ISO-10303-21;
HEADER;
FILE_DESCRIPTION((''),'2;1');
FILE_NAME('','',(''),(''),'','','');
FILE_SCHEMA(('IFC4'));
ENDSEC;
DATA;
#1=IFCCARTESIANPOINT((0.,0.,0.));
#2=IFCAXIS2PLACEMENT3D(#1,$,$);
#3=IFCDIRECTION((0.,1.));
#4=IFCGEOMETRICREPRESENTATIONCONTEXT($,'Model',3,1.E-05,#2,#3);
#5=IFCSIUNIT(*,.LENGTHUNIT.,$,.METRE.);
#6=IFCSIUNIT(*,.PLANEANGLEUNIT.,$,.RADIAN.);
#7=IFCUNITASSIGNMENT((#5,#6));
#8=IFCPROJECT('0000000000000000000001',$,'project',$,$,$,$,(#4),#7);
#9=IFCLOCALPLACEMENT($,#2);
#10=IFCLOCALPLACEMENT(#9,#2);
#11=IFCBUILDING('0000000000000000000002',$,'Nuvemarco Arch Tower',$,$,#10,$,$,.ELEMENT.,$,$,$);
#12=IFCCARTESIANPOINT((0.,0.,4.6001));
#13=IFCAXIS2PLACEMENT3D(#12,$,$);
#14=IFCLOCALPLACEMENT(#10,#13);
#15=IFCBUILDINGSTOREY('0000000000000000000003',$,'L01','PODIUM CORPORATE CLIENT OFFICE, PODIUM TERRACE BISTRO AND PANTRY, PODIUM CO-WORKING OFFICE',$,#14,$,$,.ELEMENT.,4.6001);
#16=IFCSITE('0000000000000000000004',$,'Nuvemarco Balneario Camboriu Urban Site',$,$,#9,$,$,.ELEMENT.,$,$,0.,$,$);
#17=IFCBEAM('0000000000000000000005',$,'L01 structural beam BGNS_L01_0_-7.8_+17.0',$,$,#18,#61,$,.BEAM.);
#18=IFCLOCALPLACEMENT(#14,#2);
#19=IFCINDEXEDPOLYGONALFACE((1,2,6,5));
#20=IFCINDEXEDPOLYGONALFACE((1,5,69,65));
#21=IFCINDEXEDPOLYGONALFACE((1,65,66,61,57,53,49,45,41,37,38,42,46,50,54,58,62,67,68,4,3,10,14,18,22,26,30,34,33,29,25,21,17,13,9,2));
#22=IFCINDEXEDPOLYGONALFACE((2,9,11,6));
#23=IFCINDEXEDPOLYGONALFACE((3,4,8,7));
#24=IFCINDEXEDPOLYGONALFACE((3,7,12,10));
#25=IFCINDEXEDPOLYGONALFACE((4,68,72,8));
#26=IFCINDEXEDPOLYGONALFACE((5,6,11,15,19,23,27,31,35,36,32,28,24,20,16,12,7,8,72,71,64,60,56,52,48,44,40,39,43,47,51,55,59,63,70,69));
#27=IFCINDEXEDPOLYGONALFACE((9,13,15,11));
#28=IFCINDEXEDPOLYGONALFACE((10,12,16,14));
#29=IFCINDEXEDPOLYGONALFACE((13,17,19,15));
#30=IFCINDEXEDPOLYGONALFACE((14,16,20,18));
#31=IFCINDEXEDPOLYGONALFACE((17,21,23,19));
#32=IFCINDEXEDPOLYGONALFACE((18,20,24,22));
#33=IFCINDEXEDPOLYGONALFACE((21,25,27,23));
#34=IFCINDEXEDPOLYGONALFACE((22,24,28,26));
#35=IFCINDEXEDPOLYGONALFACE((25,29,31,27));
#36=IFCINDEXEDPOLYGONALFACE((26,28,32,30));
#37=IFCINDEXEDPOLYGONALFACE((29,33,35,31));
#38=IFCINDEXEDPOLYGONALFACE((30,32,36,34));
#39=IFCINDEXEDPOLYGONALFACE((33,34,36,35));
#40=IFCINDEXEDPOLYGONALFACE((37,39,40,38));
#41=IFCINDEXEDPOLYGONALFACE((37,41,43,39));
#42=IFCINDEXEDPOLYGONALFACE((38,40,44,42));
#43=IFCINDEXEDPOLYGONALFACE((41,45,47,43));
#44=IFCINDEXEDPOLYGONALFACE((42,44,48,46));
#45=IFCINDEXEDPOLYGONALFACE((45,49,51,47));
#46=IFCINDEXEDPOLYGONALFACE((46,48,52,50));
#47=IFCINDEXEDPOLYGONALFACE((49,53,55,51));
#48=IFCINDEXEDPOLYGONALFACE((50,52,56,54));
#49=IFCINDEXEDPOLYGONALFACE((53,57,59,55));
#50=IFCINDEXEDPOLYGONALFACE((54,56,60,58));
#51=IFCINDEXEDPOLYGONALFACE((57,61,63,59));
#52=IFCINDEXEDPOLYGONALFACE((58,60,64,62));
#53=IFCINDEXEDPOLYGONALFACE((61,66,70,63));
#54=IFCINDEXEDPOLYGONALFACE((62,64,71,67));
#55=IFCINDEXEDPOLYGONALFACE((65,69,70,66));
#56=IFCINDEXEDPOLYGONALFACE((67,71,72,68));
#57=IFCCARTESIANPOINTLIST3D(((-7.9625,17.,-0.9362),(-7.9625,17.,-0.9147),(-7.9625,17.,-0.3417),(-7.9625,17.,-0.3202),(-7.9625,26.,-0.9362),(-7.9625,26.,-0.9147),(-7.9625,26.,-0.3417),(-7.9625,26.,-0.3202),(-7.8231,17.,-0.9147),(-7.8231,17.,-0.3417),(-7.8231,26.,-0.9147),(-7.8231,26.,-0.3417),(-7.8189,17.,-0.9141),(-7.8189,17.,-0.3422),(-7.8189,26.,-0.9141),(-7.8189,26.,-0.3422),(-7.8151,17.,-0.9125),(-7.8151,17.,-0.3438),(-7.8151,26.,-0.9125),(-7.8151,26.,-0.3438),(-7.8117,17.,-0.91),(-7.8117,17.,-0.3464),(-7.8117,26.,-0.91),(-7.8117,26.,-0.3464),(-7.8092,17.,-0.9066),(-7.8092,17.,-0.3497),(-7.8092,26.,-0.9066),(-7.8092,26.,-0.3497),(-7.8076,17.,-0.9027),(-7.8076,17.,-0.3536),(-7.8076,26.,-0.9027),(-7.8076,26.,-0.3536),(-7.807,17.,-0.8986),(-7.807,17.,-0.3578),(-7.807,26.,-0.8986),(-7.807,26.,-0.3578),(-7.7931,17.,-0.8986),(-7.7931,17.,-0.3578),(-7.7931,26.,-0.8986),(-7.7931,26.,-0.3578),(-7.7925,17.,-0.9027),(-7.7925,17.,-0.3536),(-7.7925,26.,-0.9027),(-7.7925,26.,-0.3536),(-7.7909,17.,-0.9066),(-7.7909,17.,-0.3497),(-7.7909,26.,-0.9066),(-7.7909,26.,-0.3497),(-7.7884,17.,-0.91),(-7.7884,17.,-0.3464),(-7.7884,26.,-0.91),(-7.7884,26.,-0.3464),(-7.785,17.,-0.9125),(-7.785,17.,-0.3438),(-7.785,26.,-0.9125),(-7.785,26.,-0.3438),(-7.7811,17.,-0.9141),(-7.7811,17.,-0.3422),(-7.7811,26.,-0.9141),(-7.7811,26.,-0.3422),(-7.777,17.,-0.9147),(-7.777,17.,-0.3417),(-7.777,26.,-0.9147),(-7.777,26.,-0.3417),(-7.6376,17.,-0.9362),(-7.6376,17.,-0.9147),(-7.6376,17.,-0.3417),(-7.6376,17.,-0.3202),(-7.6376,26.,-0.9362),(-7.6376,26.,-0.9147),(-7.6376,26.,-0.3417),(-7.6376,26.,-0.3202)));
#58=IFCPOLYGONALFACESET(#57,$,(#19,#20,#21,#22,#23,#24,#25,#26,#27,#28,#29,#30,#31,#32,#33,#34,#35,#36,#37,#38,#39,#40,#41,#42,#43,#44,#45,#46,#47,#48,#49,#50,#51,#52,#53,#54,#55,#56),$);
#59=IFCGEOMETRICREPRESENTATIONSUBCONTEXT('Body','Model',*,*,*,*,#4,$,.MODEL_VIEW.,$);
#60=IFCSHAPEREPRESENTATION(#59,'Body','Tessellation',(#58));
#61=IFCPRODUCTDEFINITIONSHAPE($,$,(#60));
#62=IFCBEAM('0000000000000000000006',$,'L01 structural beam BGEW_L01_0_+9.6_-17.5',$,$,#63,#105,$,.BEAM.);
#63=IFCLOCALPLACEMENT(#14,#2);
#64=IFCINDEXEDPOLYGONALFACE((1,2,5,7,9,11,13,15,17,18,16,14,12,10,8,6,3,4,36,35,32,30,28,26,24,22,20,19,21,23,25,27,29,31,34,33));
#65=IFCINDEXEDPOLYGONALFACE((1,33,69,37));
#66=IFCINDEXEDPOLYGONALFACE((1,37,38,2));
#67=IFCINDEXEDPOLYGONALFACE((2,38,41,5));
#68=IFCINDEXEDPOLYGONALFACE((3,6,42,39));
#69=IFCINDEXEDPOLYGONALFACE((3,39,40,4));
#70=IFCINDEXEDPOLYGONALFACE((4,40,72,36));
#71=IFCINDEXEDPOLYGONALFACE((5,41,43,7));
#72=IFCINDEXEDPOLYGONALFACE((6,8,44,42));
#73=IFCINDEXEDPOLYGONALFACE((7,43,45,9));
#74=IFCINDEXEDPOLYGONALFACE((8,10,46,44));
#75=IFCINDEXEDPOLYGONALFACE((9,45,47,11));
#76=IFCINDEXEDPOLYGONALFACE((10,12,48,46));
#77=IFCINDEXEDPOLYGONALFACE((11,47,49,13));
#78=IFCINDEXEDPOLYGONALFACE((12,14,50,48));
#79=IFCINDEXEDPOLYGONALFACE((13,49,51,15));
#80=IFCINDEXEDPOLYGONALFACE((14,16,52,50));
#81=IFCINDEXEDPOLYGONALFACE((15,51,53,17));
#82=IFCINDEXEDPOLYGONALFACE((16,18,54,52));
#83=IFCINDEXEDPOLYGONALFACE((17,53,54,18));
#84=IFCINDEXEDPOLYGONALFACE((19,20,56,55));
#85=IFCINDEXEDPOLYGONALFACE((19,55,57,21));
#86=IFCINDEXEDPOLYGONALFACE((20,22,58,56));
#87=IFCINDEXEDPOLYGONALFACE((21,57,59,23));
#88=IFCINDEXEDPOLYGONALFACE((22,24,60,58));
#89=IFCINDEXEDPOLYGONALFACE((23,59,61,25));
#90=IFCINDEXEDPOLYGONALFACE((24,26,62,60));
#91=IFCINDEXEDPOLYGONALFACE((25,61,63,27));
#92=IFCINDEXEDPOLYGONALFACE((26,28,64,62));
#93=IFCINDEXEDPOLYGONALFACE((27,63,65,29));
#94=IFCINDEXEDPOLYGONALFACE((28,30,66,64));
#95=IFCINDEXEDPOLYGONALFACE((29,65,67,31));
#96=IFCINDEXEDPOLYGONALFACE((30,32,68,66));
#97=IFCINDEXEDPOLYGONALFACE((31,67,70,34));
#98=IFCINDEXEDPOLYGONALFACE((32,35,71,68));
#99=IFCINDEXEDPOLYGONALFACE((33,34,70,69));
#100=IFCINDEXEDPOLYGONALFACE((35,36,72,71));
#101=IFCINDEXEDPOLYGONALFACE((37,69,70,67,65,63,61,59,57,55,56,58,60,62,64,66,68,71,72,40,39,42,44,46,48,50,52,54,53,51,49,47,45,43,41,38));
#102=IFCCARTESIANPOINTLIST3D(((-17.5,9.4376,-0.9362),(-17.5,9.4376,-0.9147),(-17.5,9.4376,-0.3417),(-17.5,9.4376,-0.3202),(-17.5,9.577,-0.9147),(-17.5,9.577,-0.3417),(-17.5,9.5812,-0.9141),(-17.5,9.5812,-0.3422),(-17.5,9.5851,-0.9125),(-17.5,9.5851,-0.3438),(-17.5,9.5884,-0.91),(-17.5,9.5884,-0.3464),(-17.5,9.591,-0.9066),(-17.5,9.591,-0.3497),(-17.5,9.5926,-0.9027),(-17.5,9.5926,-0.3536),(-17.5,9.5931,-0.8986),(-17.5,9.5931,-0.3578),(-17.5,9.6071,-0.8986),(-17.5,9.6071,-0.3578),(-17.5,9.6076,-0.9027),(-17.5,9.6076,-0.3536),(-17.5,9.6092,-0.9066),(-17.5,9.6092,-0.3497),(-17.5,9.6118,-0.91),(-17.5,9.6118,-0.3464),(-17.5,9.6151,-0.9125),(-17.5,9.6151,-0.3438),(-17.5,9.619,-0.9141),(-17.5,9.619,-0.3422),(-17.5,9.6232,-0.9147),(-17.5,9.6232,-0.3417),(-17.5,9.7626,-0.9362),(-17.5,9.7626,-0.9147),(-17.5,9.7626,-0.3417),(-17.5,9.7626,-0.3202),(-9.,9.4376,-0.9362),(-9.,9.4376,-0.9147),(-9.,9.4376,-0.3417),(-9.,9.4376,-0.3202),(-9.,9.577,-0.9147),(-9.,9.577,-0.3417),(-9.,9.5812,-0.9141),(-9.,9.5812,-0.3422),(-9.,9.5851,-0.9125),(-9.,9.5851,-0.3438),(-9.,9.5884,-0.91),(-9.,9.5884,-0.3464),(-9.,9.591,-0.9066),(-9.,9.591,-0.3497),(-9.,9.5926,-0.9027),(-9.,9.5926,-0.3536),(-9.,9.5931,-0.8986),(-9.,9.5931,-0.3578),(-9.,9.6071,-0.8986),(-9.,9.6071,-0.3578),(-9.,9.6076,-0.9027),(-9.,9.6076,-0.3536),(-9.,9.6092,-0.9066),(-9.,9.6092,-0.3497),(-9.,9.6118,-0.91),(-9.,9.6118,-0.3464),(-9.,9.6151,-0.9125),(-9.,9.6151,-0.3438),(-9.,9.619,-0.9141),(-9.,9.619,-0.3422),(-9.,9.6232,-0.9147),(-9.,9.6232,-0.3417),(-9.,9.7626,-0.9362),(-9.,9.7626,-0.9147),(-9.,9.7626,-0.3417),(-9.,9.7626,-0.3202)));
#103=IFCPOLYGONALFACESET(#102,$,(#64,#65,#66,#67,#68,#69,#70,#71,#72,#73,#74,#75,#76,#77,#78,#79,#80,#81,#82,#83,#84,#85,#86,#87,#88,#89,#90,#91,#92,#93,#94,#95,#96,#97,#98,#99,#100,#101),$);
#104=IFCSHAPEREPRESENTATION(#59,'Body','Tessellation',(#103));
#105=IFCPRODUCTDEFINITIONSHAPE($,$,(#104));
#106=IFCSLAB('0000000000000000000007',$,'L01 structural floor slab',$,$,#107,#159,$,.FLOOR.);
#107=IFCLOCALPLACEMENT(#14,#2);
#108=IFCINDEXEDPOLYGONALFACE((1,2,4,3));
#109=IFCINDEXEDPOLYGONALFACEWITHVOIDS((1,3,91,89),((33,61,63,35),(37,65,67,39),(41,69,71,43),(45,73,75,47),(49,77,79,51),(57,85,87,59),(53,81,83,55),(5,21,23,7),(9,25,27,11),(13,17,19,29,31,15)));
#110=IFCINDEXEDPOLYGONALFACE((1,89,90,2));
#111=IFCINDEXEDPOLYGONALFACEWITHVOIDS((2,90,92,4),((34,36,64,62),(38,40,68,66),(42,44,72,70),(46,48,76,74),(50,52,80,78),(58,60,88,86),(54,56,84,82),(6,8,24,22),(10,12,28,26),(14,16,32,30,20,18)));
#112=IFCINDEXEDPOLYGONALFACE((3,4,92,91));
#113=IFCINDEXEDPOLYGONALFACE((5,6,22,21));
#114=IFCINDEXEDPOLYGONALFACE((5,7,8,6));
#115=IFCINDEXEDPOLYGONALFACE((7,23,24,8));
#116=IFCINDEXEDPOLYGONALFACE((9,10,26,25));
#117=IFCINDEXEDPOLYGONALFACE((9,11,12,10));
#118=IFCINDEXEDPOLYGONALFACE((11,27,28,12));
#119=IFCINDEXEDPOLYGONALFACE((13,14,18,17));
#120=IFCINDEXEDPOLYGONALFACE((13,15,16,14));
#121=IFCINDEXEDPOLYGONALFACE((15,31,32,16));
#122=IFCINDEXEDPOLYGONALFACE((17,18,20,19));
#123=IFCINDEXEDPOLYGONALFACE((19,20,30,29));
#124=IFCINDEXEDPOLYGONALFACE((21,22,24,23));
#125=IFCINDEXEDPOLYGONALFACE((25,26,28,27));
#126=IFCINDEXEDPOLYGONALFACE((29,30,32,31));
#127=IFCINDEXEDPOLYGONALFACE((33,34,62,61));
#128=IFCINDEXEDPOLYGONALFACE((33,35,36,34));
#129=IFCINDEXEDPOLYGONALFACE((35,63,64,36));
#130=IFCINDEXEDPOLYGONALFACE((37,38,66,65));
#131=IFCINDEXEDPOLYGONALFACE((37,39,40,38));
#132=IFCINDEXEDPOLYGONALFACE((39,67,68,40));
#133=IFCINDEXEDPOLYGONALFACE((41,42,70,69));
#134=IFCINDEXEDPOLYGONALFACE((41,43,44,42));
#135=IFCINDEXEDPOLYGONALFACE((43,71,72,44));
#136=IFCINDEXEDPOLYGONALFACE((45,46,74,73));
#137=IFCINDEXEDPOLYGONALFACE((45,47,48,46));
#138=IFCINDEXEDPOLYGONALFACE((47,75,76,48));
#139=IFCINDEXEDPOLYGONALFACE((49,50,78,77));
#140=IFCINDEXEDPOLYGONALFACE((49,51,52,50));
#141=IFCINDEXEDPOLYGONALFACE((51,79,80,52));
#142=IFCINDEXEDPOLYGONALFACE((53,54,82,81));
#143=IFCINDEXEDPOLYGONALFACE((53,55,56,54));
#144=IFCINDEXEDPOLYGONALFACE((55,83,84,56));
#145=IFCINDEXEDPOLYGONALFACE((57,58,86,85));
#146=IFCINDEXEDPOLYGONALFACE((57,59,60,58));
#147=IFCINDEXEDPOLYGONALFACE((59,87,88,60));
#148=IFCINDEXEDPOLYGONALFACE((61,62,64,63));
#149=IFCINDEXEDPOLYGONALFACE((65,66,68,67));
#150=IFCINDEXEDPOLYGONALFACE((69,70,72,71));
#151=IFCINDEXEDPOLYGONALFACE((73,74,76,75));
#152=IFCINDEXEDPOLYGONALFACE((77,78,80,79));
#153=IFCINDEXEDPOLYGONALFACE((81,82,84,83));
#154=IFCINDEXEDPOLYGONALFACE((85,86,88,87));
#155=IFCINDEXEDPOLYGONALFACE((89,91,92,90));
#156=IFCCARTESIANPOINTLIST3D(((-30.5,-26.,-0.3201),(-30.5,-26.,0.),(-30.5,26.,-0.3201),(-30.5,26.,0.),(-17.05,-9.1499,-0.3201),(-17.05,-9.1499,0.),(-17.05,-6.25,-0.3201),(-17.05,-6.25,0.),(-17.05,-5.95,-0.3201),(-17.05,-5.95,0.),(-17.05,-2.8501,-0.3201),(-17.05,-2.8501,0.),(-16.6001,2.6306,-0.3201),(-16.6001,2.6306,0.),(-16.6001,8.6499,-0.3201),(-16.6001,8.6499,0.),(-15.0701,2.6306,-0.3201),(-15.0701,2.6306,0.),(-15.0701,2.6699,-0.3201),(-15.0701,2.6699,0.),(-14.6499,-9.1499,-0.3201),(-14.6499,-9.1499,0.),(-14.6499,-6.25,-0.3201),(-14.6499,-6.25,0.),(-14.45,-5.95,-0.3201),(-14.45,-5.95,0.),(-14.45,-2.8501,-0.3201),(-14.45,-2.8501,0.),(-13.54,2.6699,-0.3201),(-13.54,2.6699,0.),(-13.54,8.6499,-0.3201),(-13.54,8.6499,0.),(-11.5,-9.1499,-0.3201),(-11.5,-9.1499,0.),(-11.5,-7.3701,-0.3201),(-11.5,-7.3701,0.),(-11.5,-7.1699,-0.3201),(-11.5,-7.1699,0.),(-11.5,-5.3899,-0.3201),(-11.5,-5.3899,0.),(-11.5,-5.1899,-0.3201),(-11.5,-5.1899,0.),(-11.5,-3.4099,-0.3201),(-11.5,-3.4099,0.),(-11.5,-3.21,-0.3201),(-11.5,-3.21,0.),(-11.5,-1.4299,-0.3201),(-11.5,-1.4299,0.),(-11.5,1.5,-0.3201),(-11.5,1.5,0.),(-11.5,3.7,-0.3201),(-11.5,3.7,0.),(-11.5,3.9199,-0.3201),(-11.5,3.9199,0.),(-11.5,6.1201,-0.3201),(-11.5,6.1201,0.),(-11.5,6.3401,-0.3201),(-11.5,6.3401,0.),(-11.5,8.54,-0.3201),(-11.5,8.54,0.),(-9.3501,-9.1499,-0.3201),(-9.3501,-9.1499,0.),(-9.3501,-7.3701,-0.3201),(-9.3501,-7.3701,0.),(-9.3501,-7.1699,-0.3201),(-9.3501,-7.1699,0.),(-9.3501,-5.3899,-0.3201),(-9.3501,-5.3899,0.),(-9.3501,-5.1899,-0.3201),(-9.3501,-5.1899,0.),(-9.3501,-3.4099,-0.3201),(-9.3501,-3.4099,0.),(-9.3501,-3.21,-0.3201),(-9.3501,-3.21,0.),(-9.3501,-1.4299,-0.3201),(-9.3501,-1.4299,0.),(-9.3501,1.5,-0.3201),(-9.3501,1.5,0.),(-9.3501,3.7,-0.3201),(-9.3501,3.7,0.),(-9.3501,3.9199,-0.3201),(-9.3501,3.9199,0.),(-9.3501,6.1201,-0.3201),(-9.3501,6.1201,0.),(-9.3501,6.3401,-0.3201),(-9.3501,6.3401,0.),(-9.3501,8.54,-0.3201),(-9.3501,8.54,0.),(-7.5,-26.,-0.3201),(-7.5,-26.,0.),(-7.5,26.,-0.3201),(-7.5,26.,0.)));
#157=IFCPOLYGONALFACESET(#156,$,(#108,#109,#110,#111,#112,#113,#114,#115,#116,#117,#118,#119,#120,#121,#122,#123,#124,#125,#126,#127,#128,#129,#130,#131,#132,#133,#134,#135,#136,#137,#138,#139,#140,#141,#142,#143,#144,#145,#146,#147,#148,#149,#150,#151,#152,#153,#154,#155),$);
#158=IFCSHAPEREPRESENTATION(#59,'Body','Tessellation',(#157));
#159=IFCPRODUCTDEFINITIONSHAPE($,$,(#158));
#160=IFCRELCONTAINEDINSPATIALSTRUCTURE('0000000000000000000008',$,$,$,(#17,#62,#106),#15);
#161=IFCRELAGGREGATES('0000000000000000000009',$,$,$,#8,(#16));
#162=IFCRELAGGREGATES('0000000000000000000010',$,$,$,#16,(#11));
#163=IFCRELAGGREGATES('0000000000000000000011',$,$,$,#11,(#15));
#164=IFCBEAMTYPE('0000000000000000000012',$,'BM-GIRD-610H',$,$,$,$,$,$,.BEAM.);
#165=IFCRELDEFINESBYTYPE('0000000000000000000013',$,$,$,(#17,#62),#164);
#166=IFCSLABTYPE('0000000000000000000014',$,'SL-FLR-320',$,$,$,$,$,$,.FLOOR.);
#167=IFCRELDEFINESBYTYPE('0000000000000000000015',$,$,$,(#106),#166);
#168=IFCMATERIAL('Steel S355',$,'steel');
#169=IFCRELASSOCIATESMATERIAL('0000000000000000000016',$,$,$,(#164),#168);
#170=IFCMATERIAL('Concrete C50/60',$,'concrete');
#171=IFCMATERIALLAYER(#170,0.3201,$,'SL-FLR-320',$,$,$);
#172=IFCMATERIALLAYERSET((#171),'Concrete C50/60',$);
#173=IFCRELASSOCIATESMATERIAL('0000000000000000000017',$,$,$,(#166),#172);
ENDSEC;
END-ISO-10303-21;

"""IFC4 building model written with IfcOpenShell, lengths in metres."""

from ifc_helpers import new_model, si_unit, direction, frame, origin, origin_2d, place, context, subcontext, project, spatial, polyline, i_section, outline, extrude, material, layer, layer_set, material_profile, profile_set, type_object, element, save


model = new_model("IFC4")

# Units and contexts
model_context = context("Model", 3, precision=1e-05, world=origin(), true_north=direction((0.0, 1.0)))
body_context = subcontext(model_context, "Body", "Model", "MODEL_VIEW")
ifc_project = project(units=[si_unit("LENGTHUNIT", "METRE"), si_unit("PLANEANGLEUNIT", "RADIAN")], contexts=[model_context])

# Site, building, storey
site_placement = place(None, origin())
site = spatial("IfcSite", under=ifc_project, at=site_placement, Name="Nuvemarco Balneario Camboriu Urban Site", CompositionType="ELEMENT", RefElevation=0.0)
building_placement = place(site_placement, origin())
building = spatial("IfcBuilding", under=site, at=building_placement, Name="Nuvemarco Arch Tower", CompositionType="ELEMENT")
storey_placement = place(building_placement, frame((0.0, 0.0, 4.6001)))
storey = spatial("IfcBuildingStorey", under=building, at=storey_placement, Name="L01", Description="PODIUM CORPORATE CLIENT OFFICE, PODIUM TERRACE BISTRO AND PANTRY, PODIUM CO-WORKING OFFICE", CompositionType="ELEMENT", Elevation=4.6001)

# Beams
ifc_material_1 = material(Name="Steel S355", Category="steel")
ifc_material_profile_1 = material_profile(ifc_material_1, i_section(OverallWidth=0.325, OverallDepth=0.616, WebThickness=0.0139, FlangeThickness=0.0215, FilletRadius=0.0161, at=origin_2d()), Name="W610x174")
ifc_profile_set_1 = profile_set([ifc_material_profile_1], Name="Steel S355")
beam_type_1 = type_object("IfcBeamType", Name="BM-GIRD-610H", PredefinedType="BEAM", material=ifc_profile_set_1)
beam_1_placement = place(storey_placement, frame((-7.8, 17.0, -0.6282), z_axis=(0.0, 1.0, 0.0), x_axis=(-1.0, 0.0, 0.0)))
element("IfcBeam", 1, at=beam_1_placement, inside=storey, type_object=beam_type_1, Name="L01 structural beam BGNS_L01_0_-7.8_+17.0", PredefinedType="BEAM", context=body_context, shape_type="SweptSolid", body=[
    extrude(i_section(OverallWidth=0.325, OverallDepth=0.616, WebThickness=0.0139, FlangeThickness=0.0215, FilletRadius=0.0161, at=origin_2d()), origin(), (0.0, 0.0, 1.0), 9.0),
])
beam_2_placement = place(storey_placement, frame((-17.5, 9.6001, -0.6282), z_axis=(1.0, 0.0, 0.0), x_axis=(0.0, 1.0, 0.0)))
element("IfcBeam", 2, at=beam_2_placement, inside=storey, type_object=beam_type_1, Name="L01 structural beam BGEW_L01_0_+9.6_-17.5", PredefinedType="BEAM", context=body_context, shape_type="SweptSolid", body=[
    extrude(i_section(OverallWidth=0.325, OverallDepth=0.616, WebThickness=0.0139, FlangeThickness=0.0215, FilletRadius=0.0161, at=origin_2d()), origin(), (0.0, 0.0, 1.0), 8.5),
])

# Slab
ifc_material_2 = material(Name="Concrete C50/60", Category="concrete")
ifc_layer_1 = layer(ifc_material_2, 0.3201, Name="SL-FLR-320")
ifc_layer_set_1 = layer_set([ifc_layer_1], Name="Concrete C50/60")
slab_type_1 = type_object("IfcSlabType", Name="SL-FLR-320", PredefinedType="FLOOR", material=ifc_layer_set_1)
slab_1_placement = place(storey_placement, frame((0.0, 0.0, -0.3201)))
element("IfcSlab", 3, at=slab_1_placement, inside=storey, type_object=slab_type_1, Name="L01 structural floor slab", PredefinedType="FLOOR", context=body_context, shape_type="SweptSolid", body=[
    extrude(outline(polyline([(-30.5, -26.0), (-7.5, -26.0), (-7.5, 26.0), (-30.5, 26.0), (-30.5, -26.0)]), holes=[polyline([(-13.54, 2.6699), (-13.54, 8.6499), (-16.6001, 8.6499), (-16.6001, 2.6306), (-15.0701, 2.6306), (-15.0701, 2.6699), (-13.54, 2.6699)]), polyline([(-17.05, -9.1499), (-14.6499, -9.1499), (-14.6499, -6.25), (-17.05, -6.25), (-17.05, -9.1499)]), polyline([(-17.05, -5.95), (-14.45, -5.95), (-14.45, -2.8501), (-17.05, -2.8501), (-17.05, -5.95)]), polyline([(-11.5, -9.1499), (-9.3501, -9.1499), (-9.3501, -7.3701), (-11.5, -7.3701), (-11.5, -9.1499)]), polyline([(-11.5, -7.1699), (-9.3501, -7.1699), (-9.3501, -5.3899), (-11.5, -5.3899), (-11.5, -7.1699)]), polyline([(-11.5, -5.1899), (-9.3501, -5.1899), (-9.3501, -3.4099), (-11.5, -3.4099), (-11.5, -5.1899)]), polyline([(-11.5, -3.21), (-9.3501, -3.21), (-9.3501, -1.4299), (-11.5, -1.4299), (-11.5, -3.21)]), polyline([(-11.5, 1.5), (-9.3501, 1.5), (-9.3501, 3.7), (-11.5, 3.7), (-11.5, 1.5)]), polyline([(-11.5, 3.9199), (-9.3501, 3.9199), (-9.3501, 6.1201), (-11.5, 6.1201), (-11.5, 3.9199)]), polyline([(-11.5, 6.3401), (-9.3501, 6.3401), (-9.3501, 8.54), (-11.5, 8.54), (-11.5, 6.3401)])]), origin(), (0.0, 0.0, 1.0), 0.3201),
])

save(model, "model.ifc")
